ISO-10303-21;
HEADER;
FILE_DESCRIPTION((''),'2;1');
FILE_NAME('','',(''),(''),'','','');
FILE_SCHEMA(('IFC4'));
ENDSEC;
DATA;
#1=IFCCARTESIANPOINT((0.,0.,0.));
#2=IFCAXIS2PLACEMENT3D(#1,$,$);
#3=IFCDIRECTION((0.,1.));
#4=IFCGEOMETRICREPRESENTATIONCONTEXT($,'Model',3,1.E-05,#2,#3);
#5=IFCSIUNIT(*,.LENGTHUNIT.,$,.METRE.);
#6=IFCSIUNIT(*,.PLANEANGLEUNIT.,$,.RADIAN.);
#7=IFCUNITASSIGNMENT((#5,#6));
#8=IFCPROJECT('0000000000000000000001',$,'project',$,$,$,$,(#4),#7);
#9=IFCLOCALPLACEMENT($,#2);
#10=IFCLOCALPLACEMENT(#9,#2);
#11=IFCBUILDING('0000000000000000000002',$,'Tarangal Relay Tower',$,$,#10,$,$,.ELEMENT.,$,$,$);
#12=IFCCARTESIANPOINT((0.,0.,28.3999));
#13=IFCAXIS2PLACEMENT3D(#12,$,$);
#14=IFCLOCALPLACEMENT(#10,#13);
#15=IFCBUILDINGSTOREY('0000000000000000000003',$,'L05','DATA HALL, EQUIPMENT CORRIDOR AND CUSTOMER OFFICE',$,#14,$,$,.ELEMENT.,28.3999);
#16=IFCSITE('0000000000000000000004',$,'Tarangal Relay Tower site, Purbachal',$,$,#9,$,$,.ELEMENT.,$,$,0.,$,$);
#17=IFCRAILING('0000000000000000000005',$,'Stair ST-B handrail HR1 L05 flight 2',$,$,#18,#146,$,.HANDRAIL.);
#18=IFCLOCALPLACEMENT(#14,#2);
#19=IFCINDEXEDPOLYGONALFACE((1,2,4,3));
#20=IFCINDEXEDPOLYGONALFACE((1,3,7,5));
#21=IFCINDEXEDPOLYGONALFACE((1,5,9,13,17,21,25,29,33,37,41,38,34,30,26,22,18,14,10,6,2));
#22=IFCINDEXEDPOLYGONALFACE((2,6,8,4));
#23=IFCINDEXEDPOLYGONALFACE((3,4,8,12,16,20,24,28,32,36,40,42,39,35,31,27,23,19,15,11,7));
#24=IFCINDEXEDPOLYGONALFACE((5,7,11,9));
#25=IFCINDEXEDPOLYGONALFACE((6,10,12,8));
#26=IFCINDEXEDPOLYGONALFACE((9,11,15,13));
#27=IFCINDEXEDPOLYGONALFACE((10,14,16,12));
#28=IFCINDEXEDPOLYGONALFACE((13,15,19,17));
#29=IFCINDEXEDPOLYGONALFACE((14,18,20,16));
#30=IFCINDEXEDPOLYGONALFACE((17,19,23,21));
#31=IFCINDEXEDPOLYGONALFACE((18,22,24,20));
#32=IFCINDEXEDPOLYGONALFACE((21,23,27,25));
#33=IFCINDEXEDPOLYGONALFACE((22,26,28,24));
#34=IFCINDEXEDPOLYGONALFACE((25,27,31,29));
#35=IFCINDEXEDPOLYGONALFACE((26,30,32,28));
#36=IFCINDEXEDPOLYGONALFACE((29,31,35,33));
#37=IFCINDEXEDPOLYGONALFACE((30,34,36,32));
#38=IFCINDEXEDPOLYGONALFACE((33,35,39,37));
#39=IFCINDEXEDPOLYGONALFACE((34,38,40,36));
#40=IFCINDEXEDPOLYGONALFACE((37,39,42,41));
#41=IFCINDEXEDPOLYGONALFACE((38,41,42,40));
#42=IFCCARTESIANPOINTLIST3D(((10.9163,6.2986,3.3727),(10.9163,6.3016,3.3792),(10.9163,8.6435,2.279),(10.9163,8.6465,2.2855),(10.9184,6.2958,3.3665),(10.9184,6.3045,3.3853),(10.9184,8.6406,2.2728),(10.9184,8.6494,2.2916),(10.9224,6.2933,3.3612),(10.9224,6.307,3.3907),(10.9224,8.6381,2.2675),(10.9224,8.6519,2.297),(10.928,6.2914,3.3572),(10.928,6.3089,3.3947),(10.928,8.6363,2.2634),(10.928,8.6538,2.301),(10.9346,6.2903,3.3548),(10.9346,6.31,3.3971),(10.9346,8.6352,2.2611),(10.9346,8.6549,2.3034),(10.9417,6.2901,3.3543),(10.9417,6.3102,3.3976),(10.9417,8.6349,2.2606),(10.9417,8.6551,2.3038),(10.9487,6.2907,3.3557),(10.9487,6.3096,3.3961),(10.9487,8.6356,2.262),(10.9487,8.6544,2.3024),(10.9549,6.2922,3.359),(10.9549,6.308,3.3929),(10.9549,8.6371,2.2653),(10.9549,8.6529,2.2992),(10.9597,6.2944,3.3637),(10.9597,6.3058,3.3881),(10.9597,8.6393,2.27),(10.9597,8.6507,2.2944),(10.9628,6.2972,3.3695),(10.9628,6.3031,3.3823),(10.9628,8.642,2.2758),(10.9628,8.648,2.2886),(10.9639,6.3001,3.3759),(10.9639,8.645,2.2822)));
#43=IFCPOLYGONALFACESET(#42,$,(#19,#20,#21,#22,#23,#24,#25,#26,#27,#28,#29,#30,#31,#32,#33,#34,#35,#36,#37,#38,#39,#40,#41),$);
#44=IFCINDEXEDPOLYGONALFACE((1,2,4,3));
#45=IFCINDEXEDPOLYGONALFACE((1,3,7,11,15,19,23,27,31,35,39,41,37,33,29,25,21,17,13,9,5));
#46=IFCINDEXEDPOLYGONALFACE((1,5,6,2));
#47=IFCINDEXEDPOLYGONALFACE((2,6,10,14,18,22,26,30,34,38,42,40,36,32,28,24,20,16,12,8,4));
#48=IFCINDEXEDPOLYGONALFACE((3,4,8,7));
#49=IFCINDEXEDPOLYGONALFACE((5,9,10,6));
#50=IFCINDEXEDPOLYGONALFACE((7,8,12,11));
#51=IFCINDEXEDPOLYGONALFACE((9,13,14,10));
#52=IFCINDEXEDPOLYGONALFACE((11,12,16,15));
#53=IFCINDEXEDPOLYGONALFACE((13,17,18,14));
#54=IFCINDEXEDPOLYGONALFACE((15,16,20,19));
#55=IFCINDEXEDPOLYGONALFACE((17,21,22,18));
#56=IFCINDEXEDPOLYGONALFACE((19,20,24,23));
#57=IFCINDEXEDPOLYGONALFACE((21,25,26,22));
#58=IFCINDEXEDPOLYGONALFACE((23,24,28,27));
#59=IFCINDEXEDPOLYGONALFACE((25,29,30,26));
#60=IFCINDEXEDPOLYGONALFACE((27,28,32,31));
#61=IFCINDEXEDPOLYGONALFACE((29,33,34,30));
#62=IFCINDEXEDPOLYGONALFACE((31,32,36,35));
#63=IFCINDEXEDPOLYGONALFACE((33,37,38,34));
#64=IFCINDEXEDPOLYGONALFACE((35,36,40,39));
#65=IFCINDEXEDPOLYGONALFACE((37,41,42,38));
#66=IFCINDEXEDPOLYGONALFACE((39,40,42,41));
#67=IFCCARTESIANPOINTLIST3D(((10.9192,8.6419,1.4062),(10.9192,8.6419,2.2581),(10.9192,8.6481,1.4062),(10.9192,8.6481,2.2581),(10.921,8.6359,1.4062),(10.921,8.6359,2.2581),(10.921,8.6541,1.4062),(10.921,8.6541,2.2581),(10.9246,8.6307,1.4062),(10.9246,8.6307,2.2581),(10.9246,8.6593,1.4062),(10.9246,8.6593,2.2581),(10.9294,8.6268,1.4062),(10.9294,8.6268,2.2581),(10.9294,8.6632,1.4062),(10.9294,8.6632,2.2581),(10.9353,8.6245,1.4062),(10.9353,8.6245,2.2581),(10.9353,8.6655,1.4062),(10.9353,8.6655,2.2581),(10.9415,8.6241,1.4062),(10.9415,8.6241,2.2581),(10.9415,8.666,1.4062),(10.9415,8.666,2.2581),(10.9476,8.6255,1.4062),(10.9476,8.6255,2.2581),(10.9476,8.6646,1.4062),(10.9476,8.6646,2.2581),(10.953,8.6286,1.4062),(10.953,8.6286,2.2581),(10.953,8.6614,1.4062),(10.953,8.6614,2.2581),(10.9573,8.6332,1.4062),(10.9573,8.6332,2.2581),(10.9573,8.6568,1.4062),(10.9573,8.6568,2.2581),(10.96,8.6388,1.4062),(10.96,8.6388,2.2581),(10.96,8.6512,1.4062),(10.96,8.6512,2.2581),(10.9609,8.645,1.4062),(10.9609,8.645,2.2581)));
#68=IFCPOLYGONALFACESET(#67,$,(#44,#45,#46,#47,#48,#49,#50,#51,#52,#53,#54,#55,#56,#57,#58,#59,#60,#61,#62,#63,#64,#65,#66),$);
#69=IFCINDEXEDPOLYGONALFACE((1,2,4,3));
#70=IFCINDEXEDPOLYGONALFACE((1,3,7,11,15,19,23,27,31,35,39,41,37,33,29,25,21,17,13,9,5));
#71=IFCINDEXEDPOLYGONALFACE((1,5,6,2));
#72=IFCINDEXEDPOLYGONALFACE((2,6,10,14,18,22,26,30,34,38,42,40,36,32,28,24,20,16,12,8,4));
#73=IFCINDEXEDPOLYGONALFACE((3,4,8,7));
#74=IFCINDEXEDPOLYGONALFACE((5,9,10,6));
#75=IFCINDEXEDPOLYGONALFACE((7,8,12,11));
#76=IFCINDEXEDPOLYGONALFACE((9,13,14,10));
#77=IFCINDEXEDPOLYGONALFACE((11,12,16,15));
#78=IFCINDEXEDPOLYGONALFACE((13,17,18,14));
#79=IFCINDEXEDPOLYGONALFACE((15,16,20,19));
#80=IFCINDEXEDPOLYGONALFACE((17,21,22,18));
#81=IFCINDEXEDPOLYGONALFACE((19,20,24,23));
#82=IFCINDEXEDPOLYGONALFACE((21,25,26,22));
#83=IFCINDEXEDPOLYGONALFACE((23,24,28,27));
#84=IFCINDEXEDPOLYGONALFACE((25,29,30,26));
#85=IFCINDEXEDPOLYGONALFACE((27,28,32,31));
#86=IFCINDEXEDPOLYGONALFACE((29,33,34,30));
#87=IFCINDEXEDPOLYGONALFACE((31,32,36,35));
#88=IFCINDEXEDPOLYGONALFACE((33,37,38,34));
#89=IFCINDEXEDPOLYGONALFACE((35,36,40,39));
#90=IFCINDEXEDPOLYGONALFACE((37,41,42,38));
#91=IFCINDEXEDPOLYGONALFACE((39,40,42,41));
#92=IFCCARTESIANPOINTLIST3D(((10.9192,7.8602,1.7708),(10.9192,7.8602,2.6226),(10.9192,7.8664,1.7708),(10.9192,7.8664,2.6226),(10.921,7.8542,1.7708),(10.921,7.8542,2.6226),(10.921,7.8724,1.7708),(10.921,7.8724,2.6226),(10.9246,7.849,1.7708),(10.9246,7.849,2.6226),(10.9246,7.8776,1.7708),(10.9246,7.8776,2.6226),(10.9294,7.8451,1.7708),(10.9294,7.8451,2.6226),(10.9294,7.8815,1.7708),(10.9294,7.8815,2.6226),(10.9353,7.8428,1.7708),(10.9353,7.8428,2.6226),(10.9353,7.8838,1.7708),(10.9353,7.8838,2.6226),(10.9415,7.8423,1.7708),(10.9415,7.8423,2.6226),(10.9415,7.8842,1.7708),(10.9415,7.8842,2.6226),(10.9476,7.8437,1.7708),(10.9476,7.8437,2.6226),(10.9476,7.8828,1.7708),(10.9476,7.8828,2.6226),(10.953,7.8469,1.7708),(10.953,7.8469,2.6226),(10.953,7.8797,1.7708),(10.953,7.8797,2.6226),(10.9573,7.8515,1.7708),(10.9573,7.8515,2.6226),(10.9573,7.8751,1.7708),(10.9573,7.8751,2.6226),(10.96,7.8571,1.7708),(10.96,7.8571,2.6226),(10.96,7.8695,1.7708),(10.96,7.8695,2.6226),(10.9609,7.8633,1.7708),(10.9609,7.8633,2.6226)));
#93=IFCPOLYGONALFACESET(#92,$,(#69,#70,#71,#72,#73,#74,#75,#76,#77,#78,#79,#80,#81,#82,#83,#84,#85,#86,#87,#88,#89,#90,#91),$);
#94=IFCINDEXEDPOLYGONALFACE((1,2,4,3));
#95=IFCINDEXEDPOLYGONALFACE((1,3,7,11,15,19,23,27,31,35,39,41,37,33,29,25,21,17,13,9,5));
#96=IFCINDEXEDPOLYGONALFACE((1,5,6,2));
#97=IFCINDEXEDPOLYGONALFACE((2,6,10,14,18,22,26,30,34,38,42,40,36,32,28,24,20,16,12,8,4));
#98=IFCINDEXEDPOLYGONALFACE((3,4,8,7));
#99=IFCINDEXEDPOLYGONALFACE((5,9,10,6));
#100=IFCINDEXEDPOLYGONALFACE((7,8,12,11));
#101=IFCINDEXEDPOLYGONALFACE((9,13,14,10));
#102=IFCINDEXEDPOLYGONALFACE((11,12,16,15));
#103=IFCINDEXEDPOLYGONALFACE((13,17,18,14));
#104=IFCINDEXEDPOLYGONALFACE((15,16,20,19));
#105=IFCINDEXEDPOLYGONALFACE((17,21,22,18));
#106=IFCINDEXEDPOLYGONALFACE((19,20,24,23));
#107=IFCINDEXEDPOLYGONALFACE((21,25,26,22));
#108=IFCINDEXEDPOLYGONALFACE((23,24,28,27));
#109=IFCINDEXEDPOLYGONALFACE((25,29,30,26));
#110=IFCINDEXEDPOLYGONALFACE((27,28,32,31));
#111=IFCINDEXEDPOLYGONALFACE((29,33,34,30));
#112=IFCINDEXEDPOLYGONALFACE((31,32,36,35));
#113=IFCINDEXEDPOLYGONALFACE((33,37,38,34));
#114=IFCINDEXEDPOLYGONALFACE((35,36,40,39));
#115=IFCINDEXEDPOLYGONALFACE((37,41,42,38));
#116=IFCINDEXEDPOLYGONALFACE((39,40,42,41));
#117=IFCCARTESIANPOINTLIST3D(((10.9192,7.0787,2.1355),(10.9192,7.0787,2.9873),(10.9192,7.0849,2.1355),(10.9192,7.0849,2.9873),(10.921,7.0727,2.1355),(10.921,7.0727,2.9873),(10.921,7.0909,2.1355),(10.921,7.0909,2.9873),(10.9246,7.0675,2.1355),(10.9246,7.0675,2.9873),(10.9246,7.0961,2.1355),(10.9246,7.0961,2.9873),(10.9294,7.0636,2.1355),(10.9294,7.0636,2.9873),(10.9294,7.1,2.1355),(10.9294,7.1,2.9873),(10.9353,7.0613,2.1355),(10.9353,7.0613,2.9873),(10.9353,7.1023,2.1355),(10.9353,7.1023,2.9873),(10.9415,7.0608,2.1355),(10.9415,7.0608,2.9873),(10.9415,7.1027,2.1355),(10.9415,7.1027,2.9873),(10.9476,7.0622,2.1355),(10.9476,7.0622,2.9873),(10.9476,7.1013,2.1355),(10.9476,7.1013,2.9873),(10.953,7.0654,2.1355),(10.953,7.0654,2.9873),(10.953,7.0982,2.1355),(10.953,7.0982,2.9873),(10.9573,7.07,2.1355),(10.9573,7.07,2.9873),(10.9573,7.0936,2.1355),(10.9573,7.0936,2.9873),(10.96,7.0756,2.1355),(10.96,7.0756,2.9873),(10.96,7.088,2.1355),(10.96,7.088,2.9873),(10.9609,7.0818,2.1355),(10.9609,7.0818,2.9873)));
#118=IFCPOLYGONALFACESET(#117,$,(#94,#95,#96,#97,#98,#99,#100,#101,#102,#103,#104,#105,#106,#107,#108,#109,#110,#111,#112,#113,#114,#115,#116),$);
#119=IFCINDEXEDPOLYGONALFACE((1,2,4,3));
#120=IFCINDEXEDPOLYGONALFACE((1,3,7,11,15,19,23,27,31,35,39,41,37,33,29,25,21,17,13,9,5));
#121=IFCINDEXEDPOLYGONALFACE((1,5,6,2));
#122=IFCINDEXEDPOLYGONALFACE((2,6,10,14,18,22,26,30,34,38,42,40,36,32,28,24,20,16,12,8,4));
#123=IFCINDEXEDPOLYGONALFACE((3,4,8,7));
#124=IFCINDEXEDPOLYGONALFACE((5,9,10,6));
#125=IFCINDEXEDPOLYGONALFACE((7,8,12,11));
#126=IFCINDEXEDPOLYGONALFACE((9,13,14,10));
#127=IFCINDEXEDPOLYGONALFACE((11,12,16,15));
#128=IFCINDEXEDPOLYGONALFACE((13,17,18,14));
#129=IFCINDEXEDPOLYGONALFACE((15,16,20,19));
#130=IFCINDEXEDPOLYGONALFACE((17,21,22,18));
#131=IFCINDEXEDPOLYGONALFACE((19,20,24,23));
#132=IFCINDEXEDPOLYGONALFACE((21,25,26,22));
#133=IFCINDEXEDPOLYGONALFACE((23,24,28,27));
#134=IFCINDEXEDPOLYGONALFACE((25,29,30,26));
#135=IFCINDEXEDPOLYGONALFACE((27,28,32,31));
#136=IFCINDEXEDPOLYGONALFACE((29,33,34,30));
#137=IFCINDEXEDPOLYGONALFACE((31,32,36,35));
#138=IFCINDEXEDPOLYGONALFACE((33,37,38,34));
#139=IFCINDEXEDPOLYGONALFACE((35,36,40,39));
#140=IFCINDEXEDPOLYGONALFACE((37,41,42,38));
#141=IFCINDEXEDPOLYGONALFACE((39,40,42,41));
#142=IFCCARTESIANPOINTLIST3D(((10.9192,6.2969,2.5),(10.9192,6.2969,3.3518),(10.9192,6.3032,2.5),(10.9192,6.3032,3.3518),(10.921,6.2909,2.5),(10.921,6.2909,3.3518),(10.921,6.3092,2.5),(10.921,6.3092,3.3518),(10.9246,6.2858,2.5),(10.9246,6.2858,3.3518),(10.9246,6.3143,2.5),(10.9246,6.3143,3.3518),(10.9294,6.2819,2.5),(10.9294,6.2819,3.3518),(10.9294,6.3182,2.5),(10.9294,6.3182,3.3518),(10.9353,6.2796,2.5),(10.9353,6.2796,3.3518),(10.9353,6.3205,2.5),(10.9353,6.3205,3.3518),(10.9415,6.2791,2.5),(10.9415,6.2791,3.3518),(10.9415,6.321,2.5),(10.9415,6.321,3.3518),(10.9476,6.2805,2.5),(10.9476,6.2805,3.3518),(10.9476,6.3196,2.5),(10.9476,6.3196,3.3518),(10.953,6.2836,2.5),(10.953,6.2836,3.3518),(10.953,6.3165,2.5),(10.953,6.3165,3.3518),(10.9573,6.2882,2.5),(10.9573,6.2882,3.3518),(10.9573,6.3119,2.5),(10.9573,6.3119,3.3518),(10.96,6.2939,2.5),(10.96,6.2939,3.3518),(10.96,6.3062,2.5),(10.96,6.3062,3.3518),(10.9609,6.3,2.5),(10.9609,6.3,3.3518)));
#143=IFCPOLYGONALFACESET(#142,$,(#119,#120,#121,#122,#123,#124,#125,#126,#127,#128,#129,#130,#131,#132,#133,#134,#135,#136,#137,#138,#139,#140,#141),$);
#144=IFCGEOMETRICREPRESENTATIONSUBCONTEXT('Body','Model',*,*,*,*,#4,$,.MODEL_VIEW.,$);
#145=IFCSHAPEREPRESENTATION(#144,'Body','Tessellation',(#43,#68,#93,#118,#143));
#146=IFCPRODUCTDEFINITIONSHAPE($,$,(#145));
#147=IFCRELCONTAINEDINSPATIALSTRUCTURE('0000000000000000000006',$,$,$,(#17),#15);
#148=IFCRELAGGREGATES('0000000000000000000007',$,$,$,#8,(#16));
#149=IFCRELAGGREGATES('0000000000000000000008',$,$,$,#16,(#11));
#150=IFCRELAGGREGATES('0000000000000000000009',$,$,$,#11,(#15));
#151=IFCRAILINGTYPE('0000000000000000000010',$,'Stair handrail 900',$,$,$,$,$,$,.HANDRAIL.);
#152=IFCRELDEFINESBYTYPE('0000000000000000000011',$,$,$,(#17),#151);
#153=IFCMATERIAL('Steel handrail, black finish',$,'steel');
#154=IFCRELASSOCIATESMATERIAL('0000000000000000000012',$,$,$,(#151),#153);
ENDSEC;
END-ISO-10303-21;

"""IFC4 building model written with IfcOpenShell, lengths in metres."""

from ifc_helpers import new_model, si_unit, direction, frame, origin, origin_2d, place, context, subcontext, project, spatial, circle, extrude, material, type_object, element, save


model = new_model("IFC4")

# Units and contexts
model_context = context("Model", 3, precision=1e-05, world=origin(), true_north=direction((0.0, 1.0)))
body_context = subcontext(model_context, "Body", "Model", "MODEL_VIEW")
ifc_project = project(units=[si_unit("LENGTHUNIT", "METRE"), si_unit("PLANEANGLEUNIT", "RADIAN")], contexts=[model_context])

# Site, building, storey
site_placement = place(None, origin())
site = spatial("IfcSite", under=ifc_project, at=site_placement, Name="Tarangal Relay Tower site, Purbachal", CompositionType="ELEMENT", RefElevation=0.0)
building_placement = place(site_placement, origin())
building = spatial("IfcBuilding", under=site, at=building_placement, Name="Tarangal Relay Tower", CompositionType="ELEMENT")
storey_placement = place(building_placement, frame((0.0, 0.0, 28.3999)))
storey = spatial("IfcBuildingStorey", under=building, at=storey_placement, Name="L05", Description="DATA HALL, EQUIPMENT CORRIDOR AND CUSTOMER OFFICE", CompositionType="ELEMENT", Elevation=28.3999)

# Railing
ifc_material_1 = material(Name="Steel handrail, black finish", Category="steel")
railing_type_1 = type_object("IfcRailingType", Name="Stair handrail 900", PredefinedType="HANDRAIL", material=ifc_material_1)
for number, where, name in (
    (1, (10.9399, 8.645, 1.4062), "Stair ST-B handrail HR1 L05 flight 2"),
):
    element("IfcRailing", number, at=place(storey_placement, frame(where)), inside=storey, type_object=railing_type_1, Name=name, PredefinedType="HANDRAIL", context=body_context, shape_type="SweptSolid", body=[
        extrude(circle(Radius=0.0239, at=origin_2d()), frame((0.0, 0.0, 0.876), z_axis=(0.0, -0.906267, 0.422705), x_axis=(1.0, 0.0, 0.0)), (0.0, 0.0, 1.0), 2.5874),
        extrude(circle(Radius=0.021, at=origin_2d()), origin(), (0.0, 0.0, 1.0), 0.8518),
        extrude(circle(Radius=0.021, at=origin_2d()), frame((0.0, -0.7817, 0.3645)), (0.0, 0.0, 1.0), 0.8518),
        extrude(circle(Radius=0.021, at=origin_2d()), frame((0.0, -1.5632, 0.7292)), (0.0, 0.0, 1.0), 0.8518),
        extrude(circle(Radius=0.021, at=origin_2d()), frame((0.0, -2.345, 1.0938)), (0.0, 0.0, 1.0), 0.8518),
    ])

save(model, "model.ifc")
